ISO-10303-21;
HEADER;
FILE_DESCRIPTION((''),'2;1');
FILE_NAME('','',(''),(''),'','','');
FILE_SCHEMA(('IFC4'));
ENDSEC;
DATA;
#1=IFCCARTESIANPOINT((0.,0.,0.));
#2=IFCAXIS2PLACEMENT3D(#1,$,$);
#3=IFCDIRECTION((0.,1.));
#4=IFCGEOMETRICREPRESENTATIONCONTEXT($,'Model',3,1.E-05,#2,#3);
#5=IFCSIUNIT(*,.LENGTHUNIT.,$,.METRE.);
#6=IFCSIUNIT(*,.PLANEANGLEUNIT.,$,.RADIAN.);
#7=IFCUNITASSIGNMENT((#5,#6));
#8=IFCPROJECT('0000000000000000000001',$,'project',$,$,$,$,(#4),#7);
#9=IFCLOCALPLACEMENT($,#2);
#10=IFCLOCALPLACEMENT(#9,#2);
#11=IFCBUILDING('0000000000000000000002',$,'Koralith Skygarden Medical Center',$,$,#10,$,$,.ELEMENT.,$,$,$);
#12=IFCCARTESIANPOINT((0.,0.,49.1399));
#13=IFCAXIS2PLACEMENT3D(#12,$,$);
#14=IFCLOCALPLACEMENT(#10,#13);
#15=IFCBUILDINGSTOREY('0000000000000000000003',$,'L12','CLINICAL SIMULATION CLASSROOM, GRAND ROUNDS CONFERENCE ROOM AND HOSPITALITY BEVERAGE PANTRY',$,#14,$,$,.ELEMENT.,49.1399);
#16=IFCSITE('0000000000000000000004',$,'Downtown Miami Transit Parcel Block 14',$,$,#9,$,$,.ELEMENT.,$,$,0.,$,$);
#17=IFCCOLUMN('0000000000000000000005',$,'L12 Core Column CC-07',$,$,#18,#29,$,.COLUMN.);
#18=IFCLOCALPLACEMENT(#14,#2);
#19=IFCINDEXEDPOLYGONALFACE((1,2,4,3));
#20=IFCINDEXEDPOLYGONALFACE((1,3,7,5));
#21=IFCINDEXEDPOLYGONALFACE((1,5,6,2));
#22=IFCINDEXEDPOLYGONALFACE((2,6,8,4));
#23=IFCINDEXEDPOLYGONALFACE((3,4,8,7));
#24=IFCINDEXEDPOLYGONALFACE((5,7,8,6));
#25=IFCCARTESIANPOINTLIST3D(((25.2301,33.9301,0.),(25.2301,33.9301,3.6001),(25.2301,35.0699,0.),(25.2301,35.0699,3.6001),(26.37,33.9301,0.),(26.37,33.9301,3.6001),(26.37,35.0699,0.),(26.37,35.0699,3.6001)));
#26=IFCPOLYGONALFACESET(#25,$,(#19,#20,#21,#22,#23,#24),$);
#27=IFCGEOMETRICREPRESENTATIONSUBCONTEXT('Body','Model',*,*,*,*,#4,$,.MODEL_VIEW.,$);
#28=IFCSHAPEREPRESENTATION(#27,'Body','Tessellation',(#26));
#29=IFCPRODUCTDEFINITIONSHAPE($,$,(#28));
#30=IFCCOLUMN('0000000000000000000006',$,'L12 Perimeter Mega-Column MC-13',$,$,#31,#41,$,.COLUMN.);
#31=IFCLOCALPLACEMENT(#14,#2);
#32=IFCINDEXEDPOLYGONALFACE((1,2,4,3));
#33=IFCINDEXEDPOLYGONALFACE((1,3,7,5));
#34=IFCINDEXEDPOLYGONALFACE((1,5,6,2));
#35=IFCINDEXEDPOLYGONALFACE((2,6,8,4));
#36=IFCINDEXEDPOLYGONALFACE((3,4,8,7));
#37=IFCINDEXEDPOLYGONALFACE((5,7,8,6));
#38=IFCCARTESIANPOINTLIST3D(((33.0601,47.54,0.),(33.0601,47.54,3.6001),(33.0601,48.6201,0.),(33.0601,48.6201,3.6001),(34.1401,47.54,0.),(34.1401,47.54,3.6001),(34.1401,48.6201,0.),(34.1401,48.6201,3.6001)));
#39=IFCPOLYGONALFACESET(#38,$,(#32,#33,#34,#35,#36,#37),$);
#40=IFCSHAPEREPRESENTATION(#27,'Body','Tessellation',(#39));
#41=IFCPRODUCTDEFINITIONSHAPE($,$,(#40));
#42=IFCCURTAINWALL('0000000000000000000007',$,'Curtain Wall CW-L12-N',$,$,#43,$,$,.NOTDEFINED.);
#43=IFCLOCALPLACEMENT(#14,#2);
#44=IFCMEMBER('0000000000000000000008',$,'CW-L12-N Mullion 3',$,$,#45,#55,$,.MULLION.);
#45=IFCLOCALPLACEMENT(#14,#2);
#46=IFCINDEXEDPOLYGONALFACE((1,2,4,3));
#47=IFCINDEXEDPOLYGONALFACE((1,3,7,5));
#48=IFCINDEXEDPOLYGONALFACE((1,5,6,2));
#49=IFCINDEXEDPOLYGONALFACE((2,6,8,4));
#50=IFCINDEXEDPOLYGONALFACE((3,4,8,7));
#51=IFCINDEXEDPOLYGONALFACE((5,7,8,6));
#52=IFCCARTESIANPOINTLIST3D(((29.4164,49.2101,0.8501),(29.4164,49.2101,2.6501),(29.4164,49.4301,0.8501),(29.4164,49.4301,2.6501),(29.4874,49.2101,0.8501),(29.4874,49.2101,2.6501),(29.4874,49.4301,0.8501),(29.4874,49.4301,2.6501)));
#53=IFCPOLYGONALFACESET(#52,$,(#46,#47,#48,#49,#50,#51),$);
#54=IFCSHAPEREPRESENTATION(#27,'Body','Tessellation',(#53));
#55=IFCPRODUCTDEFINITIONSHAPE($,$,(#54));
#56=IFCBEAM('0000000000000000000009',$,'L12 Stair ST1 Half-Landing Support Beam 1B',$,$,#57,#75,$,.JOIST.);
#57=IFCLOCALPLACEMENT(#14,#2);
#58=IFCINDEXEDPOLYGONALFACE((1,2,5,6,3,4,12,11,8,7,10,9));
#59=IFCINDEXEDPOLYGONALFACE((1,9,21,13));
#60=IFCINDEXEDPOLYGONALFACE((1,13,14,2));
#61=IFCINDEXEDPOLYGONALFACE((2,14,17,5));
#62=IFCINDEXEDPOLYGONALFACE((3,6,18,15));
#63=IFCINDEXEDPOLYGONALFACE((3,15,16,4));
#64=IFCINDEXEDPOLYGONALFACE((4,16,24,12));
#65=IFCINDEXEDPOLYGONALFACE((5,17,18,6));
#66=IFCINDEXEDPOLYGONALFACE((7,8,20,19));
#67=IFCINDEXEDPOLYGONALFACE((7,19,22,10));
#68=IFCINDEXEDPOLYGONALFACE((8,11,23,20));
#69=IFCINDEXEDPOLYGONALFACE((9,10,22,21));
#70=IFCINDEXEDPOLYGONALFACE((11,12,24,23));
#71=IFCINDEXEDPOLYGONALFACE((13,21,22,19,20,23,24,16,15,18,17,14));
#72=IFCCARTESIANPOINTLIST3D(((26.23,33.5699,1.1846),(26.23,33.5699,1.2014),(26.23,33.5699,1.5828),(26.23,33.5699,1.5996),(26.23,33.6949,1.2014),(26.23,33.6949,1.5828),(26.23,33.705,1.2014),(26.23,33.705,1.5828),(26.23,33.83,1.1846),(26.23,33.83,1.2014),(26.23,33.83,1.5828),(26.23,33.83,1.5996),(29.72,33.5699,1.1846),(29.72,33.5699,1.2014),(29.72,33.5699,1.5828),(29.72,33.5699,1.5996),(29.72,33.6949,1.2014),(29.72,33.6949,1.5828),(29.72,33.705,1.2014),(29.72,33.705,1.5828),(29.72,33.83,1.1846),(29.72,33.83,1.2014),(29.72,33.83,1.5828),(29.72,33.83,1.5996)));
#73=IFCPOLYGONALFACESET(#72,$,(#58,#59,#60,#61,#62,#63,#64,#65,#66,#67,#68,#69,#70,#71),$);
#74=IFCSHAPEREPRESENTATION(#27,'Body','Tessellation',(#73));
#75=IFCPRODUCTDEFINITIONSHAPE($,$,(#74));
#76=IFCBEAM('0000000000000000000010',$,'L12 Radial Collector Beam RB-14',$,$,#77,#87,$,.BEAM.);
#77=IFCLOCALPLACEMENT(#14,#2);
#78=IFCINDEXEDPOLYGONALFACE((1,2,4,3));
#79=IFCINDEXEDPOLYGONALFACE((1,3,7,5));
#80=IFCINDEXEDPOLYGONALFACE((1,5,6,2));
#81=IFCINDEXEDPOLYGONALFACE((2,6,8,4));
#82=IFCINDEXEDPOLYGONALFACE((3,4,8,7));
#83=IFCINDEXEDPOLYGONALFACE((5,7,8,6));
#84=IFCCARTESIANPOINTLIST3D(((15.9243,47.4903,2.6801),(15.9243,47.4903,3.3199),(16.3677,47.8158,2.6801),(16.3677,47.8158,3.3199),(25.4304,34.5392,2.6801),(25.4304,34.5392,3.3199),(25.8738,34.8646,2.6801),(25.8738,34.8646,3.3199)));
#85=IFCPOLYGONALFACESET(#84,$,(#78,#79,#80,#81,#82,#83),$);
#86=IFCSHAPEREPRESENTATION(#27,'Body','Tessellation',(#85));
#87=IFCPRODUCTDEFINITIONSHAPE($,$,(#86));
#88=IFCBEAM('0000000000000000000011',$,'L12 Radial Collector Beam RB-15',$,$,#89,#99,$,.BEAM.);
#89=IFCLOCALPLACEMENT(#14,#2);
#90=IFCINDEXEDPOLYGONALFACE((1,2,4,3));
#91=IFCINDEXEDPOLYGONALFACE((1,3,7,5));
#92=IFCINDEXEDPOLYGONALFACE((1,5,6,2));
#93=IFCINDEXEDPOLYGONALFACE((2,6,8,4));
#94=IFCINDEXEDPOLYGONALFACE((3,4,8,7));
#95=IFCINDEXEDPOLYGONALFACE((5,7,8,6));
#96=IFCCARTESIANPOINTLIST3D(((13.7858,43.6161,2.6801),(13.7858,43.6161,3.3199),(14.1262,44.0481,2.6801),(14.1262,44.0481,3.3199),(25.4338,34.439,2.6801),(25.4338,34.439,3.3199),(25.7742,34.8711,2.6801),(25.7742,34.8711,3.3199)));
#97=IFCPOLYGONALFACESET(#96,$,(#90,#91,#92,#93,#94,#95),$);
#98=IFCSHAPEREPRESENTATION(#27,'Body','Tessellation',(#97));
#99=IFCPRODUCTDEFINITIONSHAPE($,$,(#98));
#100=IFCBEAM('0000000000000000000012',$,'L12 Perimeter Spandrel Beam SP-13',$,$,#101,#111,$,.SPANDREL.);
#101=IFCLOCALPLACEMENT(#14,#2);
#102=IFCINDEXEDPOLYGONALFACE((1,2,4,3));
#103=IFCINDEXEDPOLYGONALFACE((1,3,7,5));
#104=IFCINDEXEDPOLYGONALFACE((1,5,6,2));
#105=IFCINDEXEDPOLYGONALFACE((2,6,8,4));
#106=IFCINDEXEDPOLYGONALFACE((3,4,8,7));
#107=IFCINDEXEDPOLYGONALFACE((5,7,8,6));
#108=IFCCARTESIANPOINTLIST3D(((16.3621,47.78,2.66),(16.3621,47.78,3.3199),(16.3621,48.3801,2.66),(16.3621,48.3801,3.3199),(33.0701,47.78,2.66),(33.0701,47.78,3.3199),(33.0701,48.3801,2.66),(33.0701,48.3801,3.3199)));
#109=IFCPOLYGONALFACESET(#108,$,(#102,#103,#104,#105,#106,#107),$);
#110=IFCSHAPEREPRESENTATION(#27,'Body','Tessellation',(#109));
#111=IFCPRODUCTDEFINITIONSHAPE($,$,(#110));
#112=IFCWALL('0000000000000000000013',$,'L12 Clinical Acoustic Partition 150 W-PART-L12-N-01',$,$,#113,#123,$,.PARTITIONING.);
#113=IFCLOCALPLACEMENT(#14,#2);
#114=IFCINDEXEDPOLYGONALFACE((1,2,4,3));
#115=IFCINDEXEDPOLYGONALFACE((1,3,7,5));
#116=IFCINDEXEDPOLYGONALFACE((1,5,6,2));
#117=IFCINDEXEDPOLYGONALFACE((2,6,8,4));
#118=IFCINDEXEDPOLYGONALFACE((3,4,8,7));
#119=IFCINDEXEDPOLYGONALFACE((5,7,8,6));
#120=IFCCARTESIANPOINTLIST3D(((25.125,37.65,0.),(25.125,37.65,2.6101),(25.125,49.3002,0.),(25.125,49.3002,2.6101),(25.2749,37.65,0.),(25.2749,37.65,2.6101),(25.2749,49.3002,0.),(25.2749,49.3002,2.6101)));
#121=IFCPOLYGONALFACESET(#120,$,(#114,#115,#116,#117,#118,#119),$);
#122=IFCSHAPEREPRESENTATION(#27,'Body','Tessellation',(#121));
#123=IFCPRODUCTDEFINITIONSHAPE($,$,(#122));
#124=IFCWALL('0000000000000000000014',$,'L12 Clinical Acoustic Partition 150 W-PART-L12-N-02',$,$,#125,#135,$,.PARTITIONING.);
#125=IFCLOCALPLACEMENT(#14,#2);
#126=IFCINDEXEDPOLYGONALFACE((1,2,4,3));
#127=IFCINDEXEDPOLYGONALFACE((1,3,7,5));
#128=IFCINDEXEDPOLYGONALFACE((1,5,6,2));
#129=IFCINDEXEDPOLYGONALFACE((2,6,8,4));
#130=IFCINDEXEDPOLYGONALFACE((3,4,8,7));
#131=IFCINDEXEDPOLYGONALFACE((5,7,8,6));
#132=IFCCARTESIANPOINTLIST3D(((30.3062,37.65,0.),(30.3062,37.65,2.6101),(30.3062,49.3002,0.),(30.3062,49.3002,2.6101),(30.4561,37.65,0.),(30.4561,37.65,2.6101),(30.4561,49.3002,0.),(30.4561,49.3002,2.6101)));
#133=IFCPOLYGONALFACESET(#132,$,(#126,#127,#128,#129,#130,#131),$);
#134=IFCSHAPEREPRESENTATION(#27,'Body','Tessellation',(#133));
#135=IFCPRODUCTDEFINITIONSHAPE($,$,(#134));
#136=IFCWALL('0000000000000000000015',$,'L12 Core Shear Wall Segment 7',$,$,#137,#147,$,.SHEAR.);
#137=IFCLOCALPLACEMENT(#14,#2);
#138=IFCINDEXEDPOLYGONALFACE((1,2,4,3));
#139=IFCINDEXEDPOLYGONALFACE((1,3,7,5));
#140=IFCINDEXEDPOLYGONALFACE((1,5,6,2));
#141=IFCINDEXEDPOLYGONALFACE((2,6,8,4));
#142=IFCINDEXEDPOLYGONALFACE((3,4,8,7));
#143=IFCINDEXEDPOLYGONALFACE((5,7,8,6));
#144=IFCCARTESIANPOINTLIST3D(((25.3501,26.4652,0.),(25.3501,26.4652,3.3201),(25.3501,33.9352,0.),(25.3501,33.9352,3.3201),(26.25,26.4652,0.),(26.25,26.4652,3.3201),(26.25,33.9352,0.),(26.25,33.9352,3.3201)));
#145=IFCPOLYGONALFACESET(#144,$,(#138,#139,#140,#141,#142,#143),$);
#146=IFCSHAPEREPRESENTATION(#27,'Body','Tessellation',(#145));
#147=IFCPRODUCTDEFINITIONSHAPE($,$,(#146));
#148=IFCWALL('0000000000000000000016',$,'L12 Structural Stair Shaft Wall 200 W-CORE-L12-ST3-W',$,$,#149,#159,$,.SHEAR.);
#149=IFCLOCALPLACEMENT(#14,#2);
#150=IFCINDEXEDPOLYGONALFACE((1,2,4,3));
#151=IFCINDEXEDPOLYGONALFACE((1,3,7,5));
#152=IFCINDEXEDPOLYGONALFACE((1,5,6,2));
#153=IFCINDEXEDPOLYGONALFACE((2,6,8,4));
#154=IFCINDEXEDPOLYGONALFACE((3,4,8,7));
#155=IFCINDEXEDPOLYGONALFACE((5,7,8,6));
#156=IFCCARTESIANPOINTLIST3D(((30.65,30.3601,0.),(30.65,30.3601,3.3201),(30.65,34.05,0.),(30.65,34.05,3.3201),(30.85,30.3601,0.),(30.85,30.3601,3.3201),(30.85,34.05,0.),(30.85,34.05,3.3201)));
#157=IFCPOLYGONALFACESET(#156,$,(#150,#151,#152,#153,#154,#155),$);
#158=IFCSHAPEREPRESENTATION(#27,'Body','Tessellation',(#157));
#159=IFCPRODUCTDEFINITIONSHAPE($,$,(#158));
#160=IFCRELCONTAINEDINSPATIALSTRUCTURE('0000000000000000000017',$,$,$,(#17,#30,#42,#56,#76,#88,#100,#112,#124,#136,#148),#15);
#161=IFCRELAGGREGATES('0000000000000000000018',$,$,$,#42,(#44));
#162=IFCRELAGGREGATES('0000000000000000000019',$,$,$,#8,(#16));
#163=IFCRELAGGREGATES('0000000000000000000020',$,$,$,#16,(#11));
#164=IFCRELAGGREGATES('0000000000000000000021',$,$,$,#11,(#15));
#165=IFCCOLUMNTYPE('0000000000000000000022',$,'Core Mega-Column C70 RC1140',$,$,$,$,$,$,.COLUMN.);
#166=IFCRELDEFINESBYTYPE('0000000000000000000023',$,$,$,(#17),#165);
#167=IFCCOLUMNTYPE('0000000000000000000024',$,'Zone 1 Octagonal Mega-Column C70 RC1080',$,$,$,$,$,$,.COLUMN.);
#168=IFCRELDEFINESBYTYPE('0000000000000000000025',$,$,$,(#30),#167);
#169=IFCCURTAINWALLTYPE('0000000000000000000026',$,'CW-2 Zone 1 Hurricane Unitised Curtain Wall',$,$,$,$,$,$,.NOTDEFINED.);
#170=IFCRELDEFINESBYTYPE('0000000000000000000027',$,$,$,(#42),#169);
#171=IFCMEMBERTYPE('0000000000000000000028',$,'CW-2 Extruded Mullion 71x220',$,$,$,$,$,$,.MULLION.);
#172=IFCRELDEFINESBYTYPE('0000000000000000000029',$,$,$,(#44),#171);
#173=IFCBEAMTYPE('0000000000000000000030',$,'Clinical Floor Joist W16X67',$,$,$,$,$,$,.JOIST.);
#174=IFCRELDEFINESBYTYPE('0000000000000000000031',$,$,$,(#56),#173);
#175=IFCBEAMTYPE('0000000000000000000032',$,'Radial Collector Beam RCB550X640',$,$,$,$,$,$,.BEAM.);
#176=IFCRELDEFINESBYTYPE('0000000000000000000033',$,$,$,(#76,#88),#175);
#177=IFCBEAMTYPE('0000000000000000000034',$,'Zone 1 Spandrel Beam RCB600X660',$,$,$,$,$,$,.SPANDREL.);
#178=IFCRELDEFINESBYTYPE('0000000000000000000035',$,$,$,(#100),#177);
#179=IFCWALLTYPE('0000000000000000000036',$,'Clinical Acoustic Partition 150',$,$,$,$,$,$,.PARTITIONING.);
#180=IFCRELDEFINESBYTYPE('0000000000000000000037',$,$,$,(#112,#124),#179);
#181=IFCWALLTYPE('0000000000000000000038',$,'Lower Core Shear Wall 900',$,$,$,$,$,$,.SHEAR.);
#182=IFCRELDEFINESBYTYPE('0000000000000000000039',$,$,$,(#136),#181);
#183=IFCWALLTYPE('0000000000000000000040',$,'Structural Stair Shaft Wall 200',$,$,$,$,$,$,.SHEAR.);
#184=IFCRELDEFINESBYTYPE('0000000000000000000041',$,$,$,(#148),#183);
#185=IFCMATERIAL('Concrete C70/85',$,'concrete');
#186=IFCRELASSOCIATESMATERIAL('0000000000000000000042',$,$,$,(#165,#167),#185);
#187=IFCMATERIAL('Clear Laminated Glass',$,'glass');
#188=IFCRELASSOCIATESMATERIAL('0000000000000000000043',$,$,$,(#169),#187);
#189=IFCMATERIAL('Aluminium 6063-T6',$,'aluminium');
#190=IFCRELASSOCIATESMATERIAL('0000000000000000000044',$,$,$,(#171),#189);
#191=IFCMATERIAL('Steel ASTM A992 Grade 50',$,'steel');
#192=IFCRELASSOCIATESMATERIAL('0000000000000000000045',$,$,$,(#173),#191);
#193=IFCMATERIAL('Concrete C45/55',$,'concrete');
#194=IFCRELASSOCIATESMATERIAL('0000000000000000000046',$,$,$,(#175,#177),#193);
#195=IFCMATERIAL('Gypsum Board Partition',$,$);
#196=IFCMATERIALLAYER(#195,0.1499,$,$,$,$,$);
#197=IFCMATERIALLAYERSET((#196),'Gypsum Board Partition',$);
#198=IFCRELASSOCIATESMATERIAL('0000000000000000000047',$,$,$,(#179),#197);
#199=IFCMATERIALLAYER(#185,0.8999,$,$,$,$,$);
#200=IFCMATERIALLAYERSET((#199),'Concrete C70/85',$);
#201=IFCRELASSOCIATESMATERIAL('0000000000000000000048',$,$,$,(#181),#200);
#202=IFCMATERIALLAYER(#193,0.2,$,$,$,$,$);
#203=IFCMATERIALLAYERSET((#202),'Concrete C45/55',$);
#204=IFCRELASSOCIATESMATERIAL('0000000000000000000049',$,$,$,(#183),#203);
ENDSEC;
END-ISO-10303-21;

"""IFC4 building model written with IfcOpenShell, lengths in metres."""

from ifc_helpers import new_model, si_unit, direction, frame, frame_2d, origin, origin_2d, place, context, subcontext, project, spatial, rectangle, i_section, extrude, material, layer, layer_set, material_profile, profile_set, type_object, element, aggregate, save


model = new_model("IFC4")

# Units and contexts
model_context = context("Model", 3, precision=1e-05, world=origin(), true_north=direction((0.0, 1.0)))
body_context = subcontext(model_context, "Body", "Model", "MODEL_VIEW")
ifc_project = project(units=[si_unit("LENGTHUNIT", "METRE"), si_unit("PLANEANGLEUNIT", "RADIAN")], contexts=[model_context])

# Site, building, storey
site_placement = place(None, origin())
site = spatial("IfcSite", under=ifc_project, at=site_placement, Name="Downtown Miami Transit Parcel Block 14", CompositionType="ELEMENT", RefElevation=0.0)
building_placement = place(site_placement, origin())
building = spatial("IfcBuilding", under=site, at=building_placement, Name="Koralith Skygarden Medical Center", CompositionType="ELEMENT")
storey_placement = place(building_placement, frame((0.0, 0.0, 49.1399)))
storey = spatial("IfcBuildingStorey", under=building, at=storey_placement, Name="L12", Description="CLINICAL SIMULATION CLASSROOM, GRAND ROUNDS CONFERENCE ROOM AND HOSPITALITY BEVERAGE PANTRY", CompositionType="ELEMENT", Elevation=49.1399)

# Columns
ifc_material_1 = material(Name="Concrete C70/85", Category="concrete")
ifc_material_profile_1 = material_profile(ifc_material_1, rectangle(XDim=1.1399, YDim=1.1399, at=origin_2d()), Name="RC1140X1140")
ifc_profile_set_1 = profile_set([ifc_material_profile_1], Name="Concrete C70/85")
column_type_1 = type_object("IfcColumnType", Name="Core Mega-Column C70 RC1140", PredefinedType="COLUMN", material=ifc_profile_set_1)
column_1_placement = place(storey_placement, frame((25.8, 34.5, 0.0), z_axis=(0.0, 0.0, 1.0), x_axis=(1.0, 0.0, 0.0)))
element("IfcColumn", 1, at=column_1_placement, inside=storey, type_object=column_type_1, Name="L12 Core Column CC-07", PredefinedType="COLUMN", context=body_context, shape_type="SweptSolid", body=[
    extrude(rectangle(XDim=1.1399, YDim=1.1399, at=origin_2d()), origin(), (0.0, 0.0, 1.0), 3.6001),
])
ifc_material_profile_2 = material_profile(ifc_material_1, rectangle(XDim=1.0801, YDim=1.0801, at=origin_2d()), Name="RC1080X1080")
ifc_profile_set_2 = profile_set([ifc_material_profile_2], Name="Concrete C70/85")
column_type_2 = type_object("IfcColumnType", Name="Zone 1 Octagonal Mega-Column C70 RC1080", PredefinedType="COLUMN", material=ifc_profile_set_2)
column_2_placement = place(storey_placement, frame((33.6001, 48.0801, 0.0), z_axis=(0.0, 0.0, 1.0), x_axis=(1.0, 0.0, 0.0)))
element("IfcColumn", 2, at=column_2_placement, inside=storey, type_object=column_type_2, Name="L12 Perimeter Mega-Column MC-13", PredefinedType="COLUMN", context=body_context, shape_type="SweptSolid", body=[
    extrude(rectangle(XDim=1.0801, YDim=1.0801, at=origin_2d()), origin(), (0.0, 0.0, 1.0), 3.6001),
])

# Curtain wall, member
ifc_material_2 = material(Name="Clear Laminated Glass", Category="glass")
curtain_wall_type = type_object("IfcCurtainWallType", Name="CW-2 Zone 1 Hurricane Unitised Curtain Wall", PredefinedType="NOTDEFINED", material=ifc_material_2)
curtain_wall_placement = place(storey_placement, origin())
curtain_wall = element("IfcCurtainWall", 3, at=curtain_wall_placement, inside=storey, type_object=curtain_wall_type, Name="Curtain Wall CW-L12-N", PredefinedType="NOTDEFINED")
ifc_material_3 = material(Name="Aluminium 6063-T6", Category="aluminium")
ifc_material_profile_3 = material_profile(ifc_material_3, rectangle(XDim=0.071, YDim=0.22, at=origin_2d()), Name="MUL71X220")
ifc_profile_set_3 = profile_set([ifc_material_profile_3], Name="Aluminium 6063-T6")
member_type = type_object("IfcMemberType", Name="CW-2 Extruded Mullion 71x220", PredefinedType="MULLION", material=ifc_profile_set_3)
member_placement = place(storey_placement, frame((29.4519, 49.3201, 0.8501), z_axis=(0.0, 0.0, 1.0), x_axis=(1.0, 0.0, 0.0)))
member = element("IfcMember", 4, at=member_placement, type_object=member_type, Name="CW-L12-N Mullion 3", PredefinedType="MULLION", context=body_context, shape_type="SweptSolid", body=[
    extrude(rectangle(XDim=0.071, YDim=0.22, at=origin_2d()), origin(), (0.0, 0.0, 1.0), 1.8),
])
aggregate(curtain_wall, [member])

# Beams
ifc_material_4 = material(Name="Steel ASTM A992 Grade 50", Category="steel")
ifc_material_profile_4 = material_profile(ifc_material_4, i_section(OverallWidth=0.26, OverallDepth=0.415, WebThickness=0.01, FlangeThickness=0.0168, at=origin_2d()), Name="W16X67")
ifc_profile_set_4 = profile_set([ifc_material_profile_4], Name="Steel ASTM A992 Grade 50")
beam_type_1 = type_object("IfcBeamType", Name="Clinical Floor Joist W16X67", PredefinedType="JOIST", material=ifc_profile_set_4)
beam_1_placement = place(storey_placement, frame((26.23, 33.7, 1.3921), z_axis=(1.0, 0.0, 0.0), x_axis=(0.0, 1.0, 0.0)))
element("IfcBeam", 5, at=beam_1_placement, inside=storey, type_object=beam_type_1, Name="L12 Stair ST1 Half-Landing Support Beam 1B", PredefinedType="JOIST", context=body_context, shape_type="SweptSolid", body=[
    extrude(i_section(OverallWidth=0.26, OverallDepth=0.415, WebThickness=0.01, FlangeThickness=0.0168, at=origin_2d()), origin(), (0.0, 0.0, 1.0), 3.49),
])
ifc_material_5 = material(Name="Concrete C45/55", Category="concrete")
ifc_material_profile_5 = material_profile(ifc_material_5, rectangle(XDim=0.55, YDim=0.6399, at=origin_2d()), Name="RCB550X640")
ifc_profile_set_5 = profile_set([ifc_material_profile_5], Name="Concrete C45/55")
beam_type_2 = type_object("IfcBeamType", Name="Radial Collector Beam RCB550X640", PredefinedType="BEAM", material=ifc_profile_set_5)
beam_2_placement = place(storey_placement, frame((25.6521, 34.7019, 3.0), z_axis=(-0.591711, 0.80615, 0.0), x_axis=(-0.80615, -0.591711, 0.0)))
element("IfcBeam", 6, at=beam_2_placement, inside=storey, type_object=beam_type_2, Name="L12 Radial Collector Beam RB-14", PredefinedType="BEAM", context=body_context, shape_type="SweptSolid", body=[
    extrude(rectangle(XDim=0.55, YDim=0.6399, at=origin_2d()), origin(), (0.0, 0.0, 1.0), 16.0654),
])
beam_3_placement = place(storey_placement, frame((25.604, 34.655, 3.0), z_axis=(-0.785497, 0.618865, 0.0), x_axis=(-0.618865, -0.785497, 0.0)))
element("IfcBeam", 7, at=beam_3_placement, inside=storey, type_object=beam_type_2, Name="L12 Radial Collector Beam RB-15", PredefinedType="BEAM", context=body_context, shape_type="SweptSolid", body=[
    extrude(rectangle(XDim=0.55, YDim=0.6399, at=origin_2d()), origin(), (0.0, 0.0, 1.0), 14.8289),
])
ifc_material_profile_6 = material_profile(ifc_material_5, rectangle(XDim=0.6001, YDim=0.6599, at=origin_2d()), Name="RCB600X660")
ifc_profile_set_6 = profile_set([ifc_material_profile_6], Name="Concrete C45/55")
beam_type_3 = type_object("IfcBeamType", Name="Zone 1 Spandrel Beam RCB600X660", PredefinedType="SPANDREL", material=ifc_profile_set_6)
beam_4_placement = place(storey_placement, frame((33.0701, 48.0801, 2.99), z_axis=(-1.0, 0.0, 0.0), x_axis=(0.0, -1.0, 0.0)))
element("IfcBeam", 8, at=beam_4_placement, inside=storey, type_object=beam_type_3, Name="L12 Perimeter Spandrel Beam SP-13", PredefinedType="SPANDREL", context=body_context, shape_type="SweptSolid", body=[
    extrude(rectangle(XDim=0.6001, YDim=0.6599, at=origin_2d()), origin(), (0.0, 0.0, 1.0), 16.708),
])

# Walls
ifc_material_6 = material(Name="Gypsum Board Partition")
ifc_layer_1 = layer(ifc_material_6, 0.1499)
ifc_layer_set_1 = layer_set([ifc_layer_1], Name="Gypsum Board Partition")
wall_type_1 = type_object("IfcWallType", Name="Clinical Acoustic Partition 150", PredefinedType="PARTITIONING", material=ifc_layer_set_1)
for number, where, z_axis, x_axis, name in (
    (9, (25.2, 37.6499, 0.0), (0.0, 0.0, 1.0), (0.0, 1.0, 0.0), "L12 Clinical Acoustic Partition 150 W-PART-L12-N-01"),
    (10, (30.3811, 37.6499, 0.0), (0.0, 0.0, 1.0), (0.0, 1.0, 0.0), "L12 Clinical Acoustic Partition 150 W-PART-L12-N-02"),
):
    element("IfcWall", number, at=place(storey_placement, frame(where, z_axis=z_axis, x_axis=x_axis)), inside=storey, type_object=wall_type_1, Name=name, PredefinedType="PARTITIONING", context=body_context, shape_type="SweptSolid", body=[
        extrude(rectangle(XDim=11.6501, YDim=0.1499, at=frame_2d((5.8252, 0.0))), origin(), (0.0, 0.0, 1.0), 2.6101),
    ])

# Walls
ifc_layer_2 = layer(ifc_material_1, 0.8999)
ifc_layer_set_2 = layer_set([ifc_layer_2], Name="Concrete C70/85")
wall_type_2 = type_object("IfcWallType", Name="Lower Core Shear Wall 900", PredefinedType="SHEAR", material=ifc_layer_set_2)
wall_1_placement = place(storey_placement, frame((25.8, 33.9351, 0.0), z_axis=(0.0, 0.0, 1.0), x_axis=(0.0, -1.0, 0.0)))
element("IfcWall", 11, at=wall_1_placement, inside=storey, type_object=wall_type_2, Name="L12 Core Shear Wall Segment 7", PredefinedType="SHEAR", context=body_context, shape_type="SweptSolid", body=[
    extrude(rectangle(XDim=7.47, YDim=0.8999, at=frame_2d((3.7349, 0.0))), origin(), (0.0, 0.0, 1.0), 3.3201),
])
ifc_layer_3 = layer(ifc_material_5, 0.2)
ifc_layer_set_3 = layer_set([ifc_layer_3], Name="Concrete C45/55")
wall_type_3 = type_object("IfcWallType", Name="Structural Stair Shaft Wall 200", PredefinedType="SHEAR", material=ifc_layer_set_3)
wall_2_placement = place(storey_placement, frame((30.75, 30.3601, 0.0), z_axis=(0.0, 0.0, 1.0), x_axis=(0.0, 1.0, 0.0)))
element("IfcWall", 12, at=wall_2_placement, inside=storey, type_object=wall_type_3, Name="L12 Structural Stair Shaft Wall 200 W-CORE-L12-ST3-W", PredefinedType="SHEAR", context=body_context, shape_type="SweptSolid", body=[
    extrude(rectangle(XDim=3.6899, YDim=0.2, at=frame_2d((1.845, 0.0))), origin(), (0.0, 0.0, 1.0), 3.3201),
])

save(model, "model.ifc")
